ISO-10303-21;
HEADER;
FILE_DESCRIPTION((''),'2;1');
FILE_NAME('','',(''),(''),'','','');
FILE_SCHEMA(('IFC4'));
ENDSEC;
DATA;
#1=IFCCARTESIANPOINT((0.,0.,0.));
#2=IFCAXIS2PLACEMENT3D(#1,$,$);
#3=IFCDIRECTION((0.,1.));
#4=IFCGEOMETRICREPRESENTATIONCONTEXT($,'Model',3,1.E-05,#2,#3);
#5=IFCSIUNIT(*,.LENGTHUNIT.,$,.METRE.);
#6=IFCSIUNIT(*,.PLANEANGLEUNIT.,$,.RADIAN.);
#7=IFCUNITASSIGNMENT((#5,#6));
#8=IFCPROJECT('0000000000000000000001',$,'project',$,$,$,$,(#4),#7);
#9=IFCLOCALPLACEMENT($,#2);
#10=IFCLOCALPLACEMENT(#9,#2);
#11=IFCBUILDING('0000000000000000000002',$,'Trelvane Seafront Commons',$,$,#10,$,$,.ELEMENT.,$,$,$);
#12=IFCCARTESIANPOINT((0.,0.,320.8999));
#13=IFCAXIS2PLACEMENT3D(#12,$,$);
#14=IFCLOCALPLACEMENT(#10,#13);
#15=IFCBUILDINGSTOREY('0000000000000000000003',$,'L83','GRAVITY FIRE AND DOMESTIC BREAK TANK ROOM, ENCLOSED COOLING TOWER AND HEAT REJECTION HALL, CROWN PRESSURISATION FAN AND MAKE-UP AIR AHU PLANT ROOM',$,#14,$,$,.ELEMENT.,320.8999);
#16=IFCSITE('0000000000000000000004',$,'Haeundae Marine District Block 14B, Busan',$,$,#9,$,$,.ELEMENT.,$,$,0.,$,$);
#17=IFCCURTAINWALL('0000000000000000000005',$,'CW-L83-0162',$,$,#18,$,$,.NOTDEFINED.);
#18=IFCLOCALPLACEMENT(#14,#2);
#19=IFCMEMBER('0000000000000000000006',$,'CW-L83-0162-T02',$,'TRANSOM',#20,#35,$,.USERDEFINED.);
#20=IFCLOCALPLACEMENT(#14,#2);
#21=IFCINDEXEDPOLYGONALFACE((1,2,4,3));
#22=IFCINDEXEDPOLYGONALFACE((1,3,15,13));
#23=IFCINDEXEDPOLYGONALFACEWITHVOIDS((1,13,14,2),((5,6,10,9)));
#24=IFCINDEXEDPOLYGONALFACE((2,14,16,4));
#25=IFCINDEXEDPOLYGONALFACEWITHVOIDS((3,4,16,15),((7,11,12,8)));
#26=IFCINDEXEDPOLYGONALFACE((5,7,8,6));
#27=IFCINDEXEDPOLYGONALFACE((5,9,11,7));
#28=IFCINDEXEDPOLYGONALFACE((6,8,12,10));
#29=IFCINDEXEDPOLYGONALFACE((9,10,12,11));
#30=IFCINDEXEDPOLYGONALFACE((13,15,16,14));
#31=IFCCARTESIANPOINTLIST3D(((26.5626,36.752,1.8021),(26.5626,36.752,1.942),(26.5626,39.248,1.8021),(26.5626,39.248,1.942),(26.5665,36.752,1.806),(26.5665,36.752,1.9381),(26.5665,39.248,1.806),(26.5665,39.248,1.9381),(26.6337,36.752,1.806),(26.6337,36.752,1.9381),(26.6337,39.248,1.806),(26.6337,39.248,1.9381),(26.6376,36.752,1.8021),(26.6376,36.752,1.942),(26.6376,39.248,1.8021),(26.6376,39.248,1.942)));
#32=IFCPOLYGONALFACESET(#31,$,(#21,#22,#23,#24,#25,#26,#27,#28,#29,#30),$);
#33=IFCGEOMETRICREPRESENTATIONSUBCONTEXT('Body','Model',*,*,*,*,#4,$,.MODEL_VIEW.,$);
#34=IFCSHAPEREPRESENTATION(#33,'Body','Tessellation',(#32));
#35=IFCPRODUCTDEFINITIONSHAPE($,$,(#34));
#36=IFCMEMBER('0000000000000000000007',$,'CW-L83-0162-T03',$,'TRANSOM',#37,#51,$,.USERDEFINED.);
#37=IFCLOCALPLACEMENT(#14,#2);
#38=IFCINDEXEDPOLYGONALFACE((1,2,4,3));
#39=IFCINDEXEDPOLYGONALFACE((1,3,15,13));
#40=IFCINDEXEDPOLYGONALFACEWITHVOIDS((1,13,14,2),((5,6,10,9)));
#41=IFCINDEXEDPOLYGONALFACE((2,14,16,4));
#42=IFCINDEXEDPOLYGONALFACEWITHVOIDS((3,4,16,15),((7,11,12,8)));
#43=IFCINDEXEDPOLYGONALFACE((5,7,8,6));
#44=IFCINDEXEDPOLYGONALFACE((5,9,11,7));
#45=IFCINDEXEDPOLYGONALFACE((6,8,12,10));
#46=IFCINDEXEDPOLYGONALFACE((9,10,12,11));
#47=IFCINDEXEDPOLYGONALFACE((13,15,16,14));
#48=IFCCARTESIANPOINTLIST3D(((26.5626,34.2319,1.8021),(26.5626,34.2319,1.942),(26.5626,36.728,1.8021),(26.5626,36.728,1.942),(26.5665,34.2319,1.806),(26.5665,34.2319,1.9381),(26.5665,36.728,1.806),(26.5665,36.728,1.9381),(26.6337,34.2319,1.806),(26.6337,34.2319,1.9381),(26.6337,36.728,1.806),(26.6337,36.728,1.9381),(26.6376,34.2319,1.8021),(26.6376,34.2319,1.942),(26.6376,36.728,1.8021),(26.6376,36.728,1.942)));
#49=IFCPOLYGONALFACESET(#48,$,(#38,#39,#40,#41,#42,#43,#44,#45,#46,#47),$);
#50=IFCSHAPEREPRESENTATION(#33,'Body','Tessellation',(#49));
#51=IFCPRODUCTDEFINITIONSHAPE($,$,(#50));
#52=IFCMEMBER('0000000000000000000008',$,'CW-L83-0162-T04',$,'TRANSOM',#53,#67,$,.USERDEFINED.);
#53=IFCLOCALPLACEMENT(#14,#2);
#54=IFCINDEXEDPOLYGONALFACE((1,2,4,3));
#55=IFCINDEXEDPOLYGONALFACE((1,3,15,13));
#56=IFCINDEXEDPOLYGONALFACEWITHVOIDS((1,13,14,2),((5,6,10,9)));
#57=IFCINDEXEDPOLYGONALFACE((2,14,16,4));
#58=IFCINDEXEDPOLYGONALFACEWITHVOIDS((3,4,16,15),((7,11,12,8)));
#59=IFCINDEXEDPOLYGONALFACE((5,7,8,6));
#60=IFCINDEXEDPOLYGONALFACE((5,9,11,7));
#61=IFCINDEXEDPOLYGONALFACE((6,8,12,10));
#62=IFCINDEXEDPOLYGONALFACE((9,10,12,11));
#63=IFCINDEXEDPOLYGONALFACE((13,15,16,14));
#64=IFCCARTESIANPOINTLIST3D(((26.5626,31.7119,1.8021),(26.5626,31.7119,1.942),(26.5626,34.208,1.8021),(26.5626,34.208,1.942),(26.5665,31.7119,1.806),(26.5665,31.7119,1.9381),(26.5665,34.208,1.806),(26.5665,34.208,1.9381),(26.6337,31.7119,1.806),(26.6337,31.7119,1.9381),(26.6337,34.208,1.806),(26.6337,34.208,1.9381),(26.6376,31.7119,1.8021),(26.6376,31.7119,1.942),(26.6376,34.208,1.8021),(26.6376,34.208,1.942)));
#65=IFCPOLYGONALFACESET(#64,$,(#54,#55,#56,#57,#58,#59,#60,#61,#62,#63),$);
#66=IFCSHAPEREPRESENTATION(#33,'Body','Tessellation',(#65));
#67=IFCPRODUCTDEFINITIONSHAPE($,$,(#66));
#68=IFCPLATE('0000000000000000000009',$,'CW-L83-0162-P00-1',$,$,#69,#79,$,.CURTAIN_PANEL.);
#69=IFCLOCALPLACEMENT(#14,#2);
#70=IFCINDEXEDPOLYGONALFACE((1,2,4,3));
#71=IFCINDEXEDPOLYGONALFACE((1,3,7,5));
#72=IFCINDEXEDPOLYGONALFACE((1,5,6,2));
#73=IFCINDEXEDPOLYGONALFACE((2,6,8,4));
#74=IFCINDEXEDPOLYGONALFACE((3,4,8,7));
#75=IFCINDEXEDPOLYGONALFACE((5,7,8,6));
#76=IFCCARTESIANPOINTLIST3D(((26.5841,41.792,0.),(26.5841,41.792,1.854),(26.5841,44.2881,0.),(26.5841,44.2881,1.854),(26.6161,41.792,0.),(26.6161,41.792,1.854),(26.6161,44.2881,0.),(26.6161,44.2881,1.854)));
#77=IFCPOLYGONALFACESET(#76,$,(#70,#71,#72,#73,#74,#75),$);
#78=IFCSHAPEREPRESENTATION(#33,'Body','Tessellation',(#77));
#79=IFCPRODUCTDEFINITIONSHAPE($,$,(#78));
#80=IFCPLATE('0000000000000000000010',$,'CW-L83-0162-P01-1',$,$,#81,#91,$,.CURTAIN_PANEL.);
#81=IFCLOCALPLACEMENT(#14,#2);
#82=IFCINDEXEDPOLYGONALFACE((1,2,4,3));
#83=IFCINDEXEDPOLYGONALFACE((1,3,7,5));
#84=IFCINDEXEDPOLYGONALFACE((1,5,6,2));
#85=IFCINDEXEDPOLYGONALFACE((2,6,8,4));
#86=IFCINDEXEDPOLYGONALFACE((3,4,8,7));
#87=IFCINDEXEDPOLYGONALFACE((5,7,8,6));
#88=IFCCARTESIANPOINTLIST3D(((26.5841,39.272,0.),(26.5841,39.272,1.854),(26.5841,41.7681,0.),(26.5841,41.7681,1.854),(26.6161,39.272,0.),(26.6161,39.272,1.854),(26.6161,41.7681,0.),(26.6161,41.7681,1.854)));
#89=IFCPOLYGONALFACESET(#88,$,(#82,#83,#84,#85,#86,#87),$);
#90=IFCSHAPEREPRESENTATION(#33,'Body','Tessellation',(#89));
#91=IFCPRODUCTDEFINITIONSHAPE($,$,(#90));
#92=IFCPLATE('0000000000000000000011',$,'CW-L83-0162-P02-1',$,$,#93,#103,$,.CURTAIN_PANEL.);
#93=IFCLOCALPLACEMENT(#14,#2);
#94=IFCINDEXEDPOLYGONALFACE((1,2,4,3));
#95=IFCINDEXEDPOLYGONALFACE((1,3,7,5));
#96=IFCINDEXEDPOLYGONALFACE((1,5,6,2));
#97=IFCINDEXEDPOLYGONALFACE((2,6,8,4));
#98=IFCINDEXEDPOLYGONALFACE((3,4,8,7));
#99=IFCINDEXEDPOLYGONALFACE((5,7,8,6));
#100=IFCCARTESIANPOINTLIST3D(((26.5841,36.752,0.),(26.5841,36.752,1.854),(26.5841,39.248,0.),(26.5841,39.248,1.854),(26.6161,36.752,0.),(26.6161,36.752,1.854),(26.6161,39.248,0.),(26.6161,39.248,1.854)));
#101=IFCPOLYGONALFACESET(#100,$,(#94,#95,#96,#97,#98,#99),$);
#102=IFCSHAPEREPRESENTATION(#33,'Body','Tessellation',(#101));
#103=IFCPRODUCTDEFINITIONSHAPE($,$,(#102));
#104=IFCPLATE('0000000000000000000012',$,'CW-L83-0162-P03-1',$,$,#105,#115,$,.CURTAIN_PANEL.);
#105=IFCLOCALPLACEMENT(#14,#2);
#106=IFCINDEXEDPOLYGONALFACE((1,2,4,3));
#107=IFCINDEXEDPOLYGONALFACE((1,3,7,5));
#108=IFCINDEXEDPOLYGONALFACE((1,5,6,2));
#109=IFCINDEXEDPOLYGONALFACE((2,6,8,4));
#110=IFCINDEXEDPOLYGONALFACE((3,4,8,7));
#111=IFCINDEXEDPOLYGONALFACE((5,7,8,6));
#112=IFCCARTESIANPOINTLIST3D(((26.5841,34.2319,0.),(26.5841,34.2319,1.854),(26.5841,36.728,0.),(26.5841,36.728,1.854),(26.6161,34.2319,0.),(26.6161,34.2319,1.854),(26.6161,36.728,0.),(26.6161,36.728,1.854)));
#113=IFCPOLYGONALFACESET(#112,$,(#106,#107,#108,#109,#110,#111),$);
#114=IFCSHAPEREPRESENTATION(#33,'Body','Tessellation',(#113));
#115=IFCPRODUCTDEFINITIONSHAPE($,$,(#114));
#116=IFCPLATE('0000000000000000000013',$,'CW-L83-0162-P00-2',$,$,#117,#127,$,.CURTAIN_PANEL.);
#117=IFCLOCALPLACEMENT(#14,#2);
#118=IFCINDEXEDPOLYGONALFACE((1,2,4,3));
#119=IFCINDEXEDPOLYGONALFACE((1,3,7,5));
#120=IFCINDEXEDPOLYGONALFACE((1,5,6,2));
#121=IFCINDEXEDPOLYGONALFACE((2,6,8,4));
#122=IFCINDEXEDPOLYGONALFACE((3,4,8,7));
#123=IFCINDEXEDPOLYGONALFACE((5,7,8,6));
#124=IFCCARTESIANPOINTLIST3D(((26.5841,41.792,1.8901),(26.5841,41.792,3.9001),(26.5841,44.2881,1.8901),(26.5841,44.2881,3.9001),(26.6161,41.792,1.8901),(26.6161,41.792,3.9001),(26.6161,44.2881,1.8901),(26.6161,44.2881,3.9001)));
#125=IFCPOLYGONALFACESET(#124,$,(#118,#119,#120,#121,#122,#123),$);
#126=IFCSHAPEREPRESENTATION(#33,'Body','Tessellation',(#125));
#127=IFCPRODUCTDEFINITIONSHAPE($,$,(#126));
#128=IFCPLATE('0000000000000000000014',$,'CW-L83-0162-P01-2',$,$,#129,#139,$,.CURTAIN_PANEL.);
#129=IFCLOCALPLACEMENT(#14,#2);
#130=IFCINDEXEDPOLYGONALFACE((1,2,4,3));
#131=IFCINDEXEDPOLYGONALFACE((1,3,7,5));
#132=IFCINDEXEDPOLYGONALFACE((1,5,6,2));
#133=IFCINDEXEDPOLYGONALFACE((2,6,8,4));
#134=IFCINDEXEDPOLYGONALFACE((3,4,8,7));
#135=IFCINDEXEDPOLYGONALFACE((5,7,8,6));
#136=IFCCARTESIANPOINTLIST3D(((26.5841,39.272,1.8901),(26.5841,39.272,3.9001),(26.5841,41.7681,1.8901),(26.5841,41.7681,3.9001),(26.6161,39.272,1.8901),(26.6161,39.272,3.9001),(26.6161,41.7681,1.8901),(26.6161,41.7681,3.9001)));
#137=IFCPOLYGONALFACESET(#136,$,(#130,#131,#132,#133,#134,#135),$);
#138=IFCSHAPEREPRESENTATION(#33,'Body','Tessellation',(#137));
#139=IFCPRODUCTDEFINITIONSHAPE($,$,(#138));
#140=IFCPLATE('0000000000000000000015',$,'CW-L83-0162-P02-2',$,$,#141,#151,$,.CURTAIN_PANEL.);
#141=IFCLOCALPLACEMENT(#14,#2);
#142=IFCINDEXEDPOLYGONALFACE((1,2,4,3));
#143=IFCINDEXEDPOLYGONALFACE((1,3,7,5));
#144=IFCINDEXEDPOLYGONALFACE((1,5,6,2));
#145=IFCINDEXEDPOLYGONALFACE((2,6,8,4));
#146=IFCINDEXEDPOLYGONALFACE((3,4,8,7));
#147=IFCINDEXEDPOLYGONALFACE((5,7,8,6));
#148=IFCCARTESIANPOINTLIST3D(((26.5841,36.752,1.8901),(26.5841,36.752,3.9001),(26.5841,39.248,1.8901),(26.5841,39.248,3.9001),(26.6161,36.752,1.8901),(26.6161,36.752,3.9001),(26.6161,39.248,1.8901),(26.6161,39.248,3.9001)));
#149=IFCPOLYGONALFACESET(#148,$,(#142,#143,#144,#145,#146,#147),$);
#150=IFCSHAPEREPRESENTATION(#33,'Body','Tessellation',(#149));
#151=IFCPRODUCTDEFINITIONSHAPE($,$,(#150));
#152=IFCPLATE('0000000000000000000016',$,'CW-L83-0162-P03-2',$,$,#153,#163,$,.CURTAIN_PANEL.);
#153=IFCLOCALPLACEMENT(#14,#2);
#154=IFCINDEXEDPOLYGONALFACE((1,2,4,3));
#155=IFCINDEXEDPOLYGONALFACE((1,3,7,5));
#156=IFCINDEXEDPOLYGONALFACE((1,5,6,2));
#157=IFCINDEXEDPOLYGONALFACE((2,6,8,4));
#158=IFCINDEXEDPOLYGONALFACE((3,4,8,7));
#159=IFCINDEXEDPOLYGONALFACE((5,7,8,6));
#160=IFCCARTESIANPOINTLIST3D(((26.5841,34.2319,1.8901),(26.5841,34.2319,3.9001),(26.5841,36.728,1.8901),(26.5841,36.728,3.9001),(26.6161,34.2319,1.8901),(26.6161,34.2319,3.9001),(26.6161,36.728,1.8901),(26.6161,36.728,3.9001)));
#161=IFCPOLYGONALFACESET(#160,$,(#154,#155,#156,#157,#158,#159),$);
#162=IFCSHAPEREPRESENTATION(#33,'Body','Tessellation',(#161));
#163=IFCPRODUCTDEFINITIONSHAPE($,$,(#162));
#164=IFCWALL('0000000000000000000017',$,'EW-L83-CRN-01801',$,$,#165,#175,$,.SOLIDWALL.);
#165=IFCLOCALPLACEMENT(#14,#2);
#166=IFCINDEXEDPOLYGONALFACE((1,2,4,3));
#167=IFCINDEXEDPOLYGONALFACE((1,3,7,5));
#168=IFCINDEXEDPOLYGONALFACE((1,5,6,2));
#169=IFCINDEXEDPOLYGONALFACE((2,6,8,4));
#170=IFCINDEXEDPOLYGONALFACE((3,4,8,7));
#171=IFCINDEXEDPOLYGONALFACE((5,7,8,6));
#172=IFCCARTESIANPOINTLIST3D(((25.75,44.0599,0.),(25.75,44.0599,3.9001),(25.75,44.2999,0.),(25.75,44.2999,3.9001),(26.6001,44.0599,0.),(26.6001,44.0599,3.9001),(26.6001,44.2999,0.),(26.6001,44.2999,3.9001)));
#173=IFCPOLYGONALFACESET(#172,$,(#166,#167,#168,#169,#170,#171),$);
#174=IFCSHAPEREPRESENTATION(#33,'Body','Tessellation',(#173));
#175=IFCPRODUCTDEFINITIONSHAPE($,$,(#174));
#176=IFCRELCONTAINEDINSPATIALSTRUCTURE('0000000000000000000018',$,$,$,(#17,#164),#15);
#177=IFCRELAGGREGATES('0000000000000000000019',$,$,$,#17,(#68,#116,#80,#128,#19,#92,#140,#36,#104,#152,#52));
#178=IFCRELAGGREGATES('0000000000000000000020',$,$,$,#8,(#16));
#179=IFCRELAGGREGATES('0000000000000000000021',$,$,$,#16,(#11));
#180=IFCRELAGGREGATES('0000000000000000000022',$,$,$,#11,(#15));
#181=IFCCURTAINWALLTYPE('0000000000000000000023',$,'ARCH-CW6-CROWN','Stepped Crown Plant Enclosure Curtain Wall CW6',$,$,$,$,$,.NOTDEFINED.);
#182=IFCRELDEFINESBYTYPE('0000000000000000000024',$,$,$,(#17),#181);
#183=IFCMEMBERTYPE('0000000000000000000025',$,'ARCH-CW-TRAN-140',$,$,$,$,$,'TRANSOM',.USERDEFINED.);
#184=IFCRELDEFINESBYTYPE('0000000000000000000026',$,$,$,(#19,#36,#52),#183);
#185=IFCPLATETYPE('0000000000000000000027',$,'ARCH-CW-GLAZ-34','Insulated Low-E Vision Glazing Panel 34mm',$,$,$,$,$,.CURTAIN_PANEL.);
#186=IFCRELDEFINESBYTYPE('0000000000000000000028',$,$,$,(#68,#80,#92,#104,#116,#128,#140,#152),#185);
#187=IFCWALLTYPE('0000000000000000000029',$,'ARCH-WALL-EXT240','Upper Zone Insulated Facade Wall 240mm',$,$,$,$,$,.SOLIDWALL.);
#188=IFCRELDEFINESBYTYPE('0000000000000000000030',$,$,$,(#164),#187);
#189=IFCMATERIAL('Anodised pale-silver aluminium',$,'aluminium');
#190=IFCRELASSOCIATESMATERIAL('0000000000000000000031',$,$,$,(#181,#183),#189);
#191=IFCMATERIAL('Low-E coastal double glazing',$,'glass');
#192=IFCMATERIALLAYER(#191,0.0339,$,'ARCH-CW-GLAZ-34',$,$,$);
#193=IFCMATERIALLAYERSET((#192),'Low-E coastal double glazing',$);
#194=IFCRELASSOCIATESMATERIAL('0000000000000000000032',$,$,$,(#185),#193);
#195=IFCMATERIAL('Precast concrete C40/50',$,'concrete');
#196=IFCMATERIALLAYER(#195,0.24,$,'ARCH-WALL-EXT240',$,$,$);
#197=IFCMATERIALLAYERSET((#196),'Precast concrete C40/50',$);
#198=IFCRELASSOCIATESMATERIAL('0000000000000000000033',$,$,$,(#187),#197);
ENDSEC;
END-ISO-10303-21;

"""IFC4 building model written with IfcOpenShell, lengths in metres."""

from ifc_helpers import new_model, si_unit, direction, frame, frame_2d, origin, origin_2d, place, context, subcontext, project, spatial, rectangle, hollow_rectangle, extrude, source, transform, mapped, material, layer, layer_set, material_profile, profile_set, type_object, element, aggregate, save


model = new_model("IFC4")

# Units and contexts
model_context = context("Model", 3, precision=1e-05, world=origin(), true_north=direction((0.0, 1.0)))
body_context = subcontext(model_context, "Body", "Model", "MODEL_VIEW")
ifc_project = project(units=[si_unit("LENGTHUNIT", "METRE"), si_unit("PLANEANGLEUNIT", "RADIAN")], contexts=[model_context])

# Site, building, storey
site_placement = place(None, origin())
site = spatial("IfcSite", under=ifc_project, at=site_placement, Name="Haeundae Marine District Block 14B, Busan", CompositionType="ELEMENT", RefElevation=0.0)
building_placement = place(site_placement, origin())
building = spatial("IfcBuilding", under=site, at=building_placement, Name="Trelvane Seafront Commons", CompositionType="ELEMENT")
storey_placement = place(building_placement, frame((0.0, 0.0, 320.8999)))
storey = spatial("IfcBuildingStorey", under=building, at=storey_placement, Name="L83", Description="GRAVITY FIRE AND DOMESTIC BREAK TANK ROOM, ENCLOSED COOLING TOWER AND HEAT REJECTION HALL, CROWN PRESSURISATION FAN AND MAKE-UP AIR AHU PLANT ROOM", CompositionType="ELEMENT", Elevation=320.8999)

# Curtain wall, members, plates
ifc_material_1 = material(Name="Anodised pale-silver aluminium", Category="aluminium")
curtain_wall_type = type_object("IfcCurtainWallType", Name="ARCH-CW6-CROWN", Description="Stepped Crown Plant Enclosure Curtain Wall CW6", PredefinedType="NOTDEFINED", material=ifc_material_1)
curtain_wall_placement = place(storey_placement, origin())
curtain_wall = element("IfcCurtainWall", 1, at=curtain_wall_placement, inside=storey, type_object=curtain_wall_type, Name="CW-L83-0162", PredefinedType="NOTDEFINED")
ifc_material_profile_1 = material_profile(ifc_material_1, hollow_rectangle(XDim=0.075, YDim=0.1399, WallThickness=0.0039, at=origin_2d()), Name="TRAN-75x140x4")
ifc_profile_set_1 = profile_set([ifc_material_profile_1], Name="Anodised pale-silver aluminium")
member_type_1 = type_object("IfcMemberType", Name="ARCH-CW-TRAN-140", ElementType="TRANSOM", PredefinedType="USERDEFINED", material=ifc_profile_set_1)
shared_shape_1 = source(origin(), body_context, "Body", "SweptSolid", [
    extrude(hollow_rectangle(XDim=0.075, YDim=0.1399, WallThickness=0.0039, at=origin_2d()), origin(), (0.0, 0.0, 1.0), 2.4961),
])
member_1_placement = place(storey_placement, frame((26.6001, 39.248, 1.8721), z_axis=(0.0, -1.0, 0.0), x_axis=(1.0, 0.0, 0.0)))
member_1 = element("IfcMember", 2, at=member_1_placement, type_object=member_type_1, Name="CW-L83-0162-T02", ObjectType="TRANSOM", PredefinedType="USERDEFINED", context=body_context, shape_type="MappedRepresentation", body=[
    mapped(shared_shape_1, transform((0.0, 0.0, 0.0), x_axis=(1.0, 0.0, 0.0), y_axis=(0.0, 1.0, 0.0), z_axis=(0.0, 0.0, 1.0), scale=1.0)),
])
member_2_placement = place(storey_placement, frame((26.6001, 36.728, 1.8721), z_axis=(0.0, -1.0, 0.0), x_axis=(1.0, 0.0, 0.0)))
member_2 = element("IfcMember", 3, at=member_2_placement, type_object=member_type_1, Name="CW-L83-0162-T03", ObjectType="TRANSOM", PredefinedType="USERDEFINED", context=body_context, shape_type="MappedRepresentation", body=[
    mapped(shared_shape_1, transform((0.0, 0.0, 0.0), x_axis=(1.0, 0.0, 0.0), y_axis=(0.0, 1.0, 0.0), z_axis=(0.0, 0.0, 1.0), scale=1.0)),
])
member_3_placement = place(storey_placement, frame((26.6001, 34.208, 1.8721), z_axis=(0.0, -1.0, 0.0), x_axis=(1.0, 0.0, 0.0)))
member_3 = element("IfcMember", 4, at=member_3_placement, type_object=member_type_1, Name="CW-L83-0162-T04", ObjectType="TRANSOM", PredefinedType="USERDEFINED", context=body_context, shape_type="MappedRepresentation", body=[
    mapped(shared_shape_1, transform((0.0, 0.0, 0.0), x_axis=(1.0, 0.0, 0.0), y_axis=(0.0, 1.0, 0.0), z_axis=(0.0, 0.0, 1.0), scale=1.0)),
])
ifc_material_2 = material(Name="Low-E coastal double glazing", Category="glass")
ifc_layer_1 = layer(ifc_material_2, 0.0339, Name="ARCH-CW-GLAZ-34")
ifc_layer_set_1 = layer_set([ifc_layer_1], Name="Low-E coastal double glazing")
plate_type = type_object("IfcPlateType", Name="ARCH-CW-GLAZ-34", Description="Insulated Low-E Vision Glazing Panel 34mm", PredefinedType="CURTAIN_PANEL", material=ifc_layer_set_1)
shared_shape_2 = source(origin(), body_context, "Body", "SweptSolid", [
    extrude(rectangle(XDim=2.4961, YDim=0.032, at=origin_2d()), origin(), (0.0, 0.0, 1.0), 1.854),
])
plate_1_placement = place(storey_placement, frame((26.6001, 43.04, 0.0), z_axis=(0.0, 0.0, 1.0), x_axis=(0.0, -1.0, 0.0)))
plate_1 = element("IfcPlate", 5, at=plate_1_placement, type_object=plate_type, Name="CW-L83-0162-P00-1", PredefinedType="CURTAIN_PANEL", context=body_context, shape_type="MappedRepresentation", body=[
    mapped(shared_shape_2, transform((0.0, 0.0, 0.0), x_axis=(1.0, 0.0, 0.0), y_axis=(0.0, 1.0, 0.0), z_axis=(0.0, 0.0, 1.0), scale=1.0)),
])
plate_2_placement = place(storey_placement, frame((26.6001, 40.52, 0.0), z_axis=(0.0, 0.0, 1.0), x_axis=(0.0, -1.0, 0.0)))
plate_2 = element("IfcPlate", 6, at=plate_2_placement, type_object=plate_type, Name="CW-L83-0162-P01-1", PredefinedType="CURTAIN_PANEL", context=body_context, shape_type="MappedRepresentation", body=[
    mapped(shared_shape_2, transform((0.0, 0.0, 0.0), x_axis=(1.0, 0.0, 0.0), y_axis=(0.0, 1.0, 0.0), z_axis=(0.0, 0.0, 1.0), scale=1.0)),
])
plate_3_placement = place(storey_placement, frame((26.6001, 38.0, 0.0), z_axis=(0.0, 0.0, 1.0), x_axis=(0.0, -1.0, 0.0)))
plate_3 = element("IfcPlate", 7, at=plate_3_placement, type_object=plate_type, Name="CW-L83-0162-P02-1", PredefinedType="CURTAIN_PANEL", context=body_context, shape_type="MappedRepresentation", body=[
    mapped(shared_shape_2, transform((0.0, 0.0, 0.0), x_axis=(1.0, 0.0, 0.0), y_axis=(0.0, 1.0, 0.0), z_axis=(0.0, 0.0, 1.0), scale=1.0)),
])
plate_4_placement = place(storey_placement, frame((26.6001, 35.48, 0.0), z_axis=(0.0, 0.0, 1.0), x_axis=(0.0, -1.0, 0.0)))
plate_4 = element("IfcPlate", 8, at=plate_4_placement, type_object=plate_type, Name="CW-L83-0162-P03-1", PredefinedType="CURTAIN_PANEL", context=body_context, shape_type="MappedRepresentation", body=[
    mapped(shared_shape_2, transform((0.0, 0.0, 0.0), x_axis=(1.0, 0.0, 0.0), y_axis=(0.0, 1.0, 0.0), z_axis=(0.0, 0.0, 1.0), scale=1.0)),
])
shared_shape_3 = source(origin(), body_context, "Body", "SweptSolid", [
    extrude(rectangle(XDim=2.4961, YDim=0.032, at=origin_2d()), origin(), (0.0, 0.0, 1.0), 2.01),
])
plate_5_placement = place(storey_placement, frame((26.6001, 43.04, 1.8901), z_axis=(0.0, 0.0, 1.0), x_axis=(0.0, -1.0, 0.0)))
plate_5 = element("IfcPlate", 9, at=plate_5_placement, type_object=plate_type, Name="CW-L83-0162-P00-2", PredefinedType="CURTAIN_PANEL", context=body_context, shape_type="MappedRepresentation", body=[
    mapped(shared_shape_3, transform((0.0, 0.0, 0.0), x_axis=(1.0, 0.0, 0.0), y_axis=(0.0, 1.0, 0.0), z_axis=(0.0, 0.0, 1.0), scale=1.0)),
])
plate_6_placement = place(storey_placement, frame((26.6001, 40.52, 1.8901), z_axis=(0.0, 0.0, 1.0), x_axis=(0.0, -1.0, 0.0)))
plate_6 = element("IfcPlate", 10, at=plate_6_placement, type_object=plate_type, Name="CW-L83-0162-P01-2", PredefinedType="CURTAIN_PANEL", context=body_context, shape_type="MappedRepresentation", body=[
    mapped(shared_shape_3, transform((0.0, 0.0, 0.0), x_axis=(1.0, 0.0, 0.0), y_axis=(0.0, 1.0, 0.0), z_axis=(0.0, 0.0, 1.0), scale=1.0)),
])
plate_7_placement = place(storey_placement, frame((26.6001, 38.0, 1.8901), z_axis=(0.0, 0.0, 1.0), x_axis=(0.0, -1.0, 0.0)))
plate_7 = element("IfcPlate", 11, at=plate_7_placement, type_object=plate_type, Name="CW-L83-0162-P02-2", PredefinedType="CURTAIN_PANEL", context=body_context, shape_type="MappedRepresentation", body=[
    mapped(shared_shape_3, transform((0.0, 0.0, 0.0), x_axis=(1.0, 0.0, 0.0), y_axis=(0.0, 1.0, 0.0), z_axis=(0.0, 0.0, 1.0), scale=1.0)),
])
plate_8_placement = place(storey_placement, frame((26.6001, 35.48, 1.8901), z_axis=(0.0, 0.0, 1.0), x_axis=(0.0, -1.0, 0.0)))
plate_8 = element("IfcPlate", 12, at=plate_8_placement, type_object=plate_type, Name="CW-L83-0162-P03-2", PredefinedType="CURTAIN_PANEL", context=body_context, shape_type="MappedRepresentation", body=[
    mapped(shared_shape_3, transform((0.0, 0.0, 0.0), x_axis=(1.0, 0.0, 0.0), y_axis=(0.0, 1.0, 0.0), z_axis=(0.0, 0.0, 1.0), scale=1.0)),
])
aggregate(curtain_wall, [plate_1, plate_5, plate_2, plate_6, member_1, plate_3, plate_7, member_2, plate_4, plate_8, member_3])

# Wall
ifc_material_3 = material(Name="Precast concrete C40/50", Category="concrete")
ifc_layer_2 = layer(ifc_material_3, 0.24, Name="ARCH-WALL-EXT240")
ifc_layer_set_2 = layer_set([ifc_layer_2], Name="Precast concrete C40/50")
wall_type_1 = type_object("IfcWallType", Name="ARCH-WALL-EXT240", Description="Upper Zone Insulated Facade Wall 240mm", PredefinedType="SOLIDWALL", material=ifc_layer_set_2)
wall_1_placement = place(storey_placement, frame((25.75, 44.1799, 0.0), z_axis=(0.0, 0.0, 1.0), x_axis=(1.0, 0.0, 0.0)))
element("IfcWall", 13, at=wall_1_placement, inside=storey, type_object=wall_type_1, Name="EW-L83-CRN-01801", PredefinedType="SOLIDWALL", context=body_context, shape_type="SweptSolid", body=[
    extrude(rectangle(XDim=0.8501, YDim=0.24, at=frame_2d((0.425, 0.0))), origin(), (0.0, 0.0, 1.0), 3.9001),
])

save(model, "model.ifc")
